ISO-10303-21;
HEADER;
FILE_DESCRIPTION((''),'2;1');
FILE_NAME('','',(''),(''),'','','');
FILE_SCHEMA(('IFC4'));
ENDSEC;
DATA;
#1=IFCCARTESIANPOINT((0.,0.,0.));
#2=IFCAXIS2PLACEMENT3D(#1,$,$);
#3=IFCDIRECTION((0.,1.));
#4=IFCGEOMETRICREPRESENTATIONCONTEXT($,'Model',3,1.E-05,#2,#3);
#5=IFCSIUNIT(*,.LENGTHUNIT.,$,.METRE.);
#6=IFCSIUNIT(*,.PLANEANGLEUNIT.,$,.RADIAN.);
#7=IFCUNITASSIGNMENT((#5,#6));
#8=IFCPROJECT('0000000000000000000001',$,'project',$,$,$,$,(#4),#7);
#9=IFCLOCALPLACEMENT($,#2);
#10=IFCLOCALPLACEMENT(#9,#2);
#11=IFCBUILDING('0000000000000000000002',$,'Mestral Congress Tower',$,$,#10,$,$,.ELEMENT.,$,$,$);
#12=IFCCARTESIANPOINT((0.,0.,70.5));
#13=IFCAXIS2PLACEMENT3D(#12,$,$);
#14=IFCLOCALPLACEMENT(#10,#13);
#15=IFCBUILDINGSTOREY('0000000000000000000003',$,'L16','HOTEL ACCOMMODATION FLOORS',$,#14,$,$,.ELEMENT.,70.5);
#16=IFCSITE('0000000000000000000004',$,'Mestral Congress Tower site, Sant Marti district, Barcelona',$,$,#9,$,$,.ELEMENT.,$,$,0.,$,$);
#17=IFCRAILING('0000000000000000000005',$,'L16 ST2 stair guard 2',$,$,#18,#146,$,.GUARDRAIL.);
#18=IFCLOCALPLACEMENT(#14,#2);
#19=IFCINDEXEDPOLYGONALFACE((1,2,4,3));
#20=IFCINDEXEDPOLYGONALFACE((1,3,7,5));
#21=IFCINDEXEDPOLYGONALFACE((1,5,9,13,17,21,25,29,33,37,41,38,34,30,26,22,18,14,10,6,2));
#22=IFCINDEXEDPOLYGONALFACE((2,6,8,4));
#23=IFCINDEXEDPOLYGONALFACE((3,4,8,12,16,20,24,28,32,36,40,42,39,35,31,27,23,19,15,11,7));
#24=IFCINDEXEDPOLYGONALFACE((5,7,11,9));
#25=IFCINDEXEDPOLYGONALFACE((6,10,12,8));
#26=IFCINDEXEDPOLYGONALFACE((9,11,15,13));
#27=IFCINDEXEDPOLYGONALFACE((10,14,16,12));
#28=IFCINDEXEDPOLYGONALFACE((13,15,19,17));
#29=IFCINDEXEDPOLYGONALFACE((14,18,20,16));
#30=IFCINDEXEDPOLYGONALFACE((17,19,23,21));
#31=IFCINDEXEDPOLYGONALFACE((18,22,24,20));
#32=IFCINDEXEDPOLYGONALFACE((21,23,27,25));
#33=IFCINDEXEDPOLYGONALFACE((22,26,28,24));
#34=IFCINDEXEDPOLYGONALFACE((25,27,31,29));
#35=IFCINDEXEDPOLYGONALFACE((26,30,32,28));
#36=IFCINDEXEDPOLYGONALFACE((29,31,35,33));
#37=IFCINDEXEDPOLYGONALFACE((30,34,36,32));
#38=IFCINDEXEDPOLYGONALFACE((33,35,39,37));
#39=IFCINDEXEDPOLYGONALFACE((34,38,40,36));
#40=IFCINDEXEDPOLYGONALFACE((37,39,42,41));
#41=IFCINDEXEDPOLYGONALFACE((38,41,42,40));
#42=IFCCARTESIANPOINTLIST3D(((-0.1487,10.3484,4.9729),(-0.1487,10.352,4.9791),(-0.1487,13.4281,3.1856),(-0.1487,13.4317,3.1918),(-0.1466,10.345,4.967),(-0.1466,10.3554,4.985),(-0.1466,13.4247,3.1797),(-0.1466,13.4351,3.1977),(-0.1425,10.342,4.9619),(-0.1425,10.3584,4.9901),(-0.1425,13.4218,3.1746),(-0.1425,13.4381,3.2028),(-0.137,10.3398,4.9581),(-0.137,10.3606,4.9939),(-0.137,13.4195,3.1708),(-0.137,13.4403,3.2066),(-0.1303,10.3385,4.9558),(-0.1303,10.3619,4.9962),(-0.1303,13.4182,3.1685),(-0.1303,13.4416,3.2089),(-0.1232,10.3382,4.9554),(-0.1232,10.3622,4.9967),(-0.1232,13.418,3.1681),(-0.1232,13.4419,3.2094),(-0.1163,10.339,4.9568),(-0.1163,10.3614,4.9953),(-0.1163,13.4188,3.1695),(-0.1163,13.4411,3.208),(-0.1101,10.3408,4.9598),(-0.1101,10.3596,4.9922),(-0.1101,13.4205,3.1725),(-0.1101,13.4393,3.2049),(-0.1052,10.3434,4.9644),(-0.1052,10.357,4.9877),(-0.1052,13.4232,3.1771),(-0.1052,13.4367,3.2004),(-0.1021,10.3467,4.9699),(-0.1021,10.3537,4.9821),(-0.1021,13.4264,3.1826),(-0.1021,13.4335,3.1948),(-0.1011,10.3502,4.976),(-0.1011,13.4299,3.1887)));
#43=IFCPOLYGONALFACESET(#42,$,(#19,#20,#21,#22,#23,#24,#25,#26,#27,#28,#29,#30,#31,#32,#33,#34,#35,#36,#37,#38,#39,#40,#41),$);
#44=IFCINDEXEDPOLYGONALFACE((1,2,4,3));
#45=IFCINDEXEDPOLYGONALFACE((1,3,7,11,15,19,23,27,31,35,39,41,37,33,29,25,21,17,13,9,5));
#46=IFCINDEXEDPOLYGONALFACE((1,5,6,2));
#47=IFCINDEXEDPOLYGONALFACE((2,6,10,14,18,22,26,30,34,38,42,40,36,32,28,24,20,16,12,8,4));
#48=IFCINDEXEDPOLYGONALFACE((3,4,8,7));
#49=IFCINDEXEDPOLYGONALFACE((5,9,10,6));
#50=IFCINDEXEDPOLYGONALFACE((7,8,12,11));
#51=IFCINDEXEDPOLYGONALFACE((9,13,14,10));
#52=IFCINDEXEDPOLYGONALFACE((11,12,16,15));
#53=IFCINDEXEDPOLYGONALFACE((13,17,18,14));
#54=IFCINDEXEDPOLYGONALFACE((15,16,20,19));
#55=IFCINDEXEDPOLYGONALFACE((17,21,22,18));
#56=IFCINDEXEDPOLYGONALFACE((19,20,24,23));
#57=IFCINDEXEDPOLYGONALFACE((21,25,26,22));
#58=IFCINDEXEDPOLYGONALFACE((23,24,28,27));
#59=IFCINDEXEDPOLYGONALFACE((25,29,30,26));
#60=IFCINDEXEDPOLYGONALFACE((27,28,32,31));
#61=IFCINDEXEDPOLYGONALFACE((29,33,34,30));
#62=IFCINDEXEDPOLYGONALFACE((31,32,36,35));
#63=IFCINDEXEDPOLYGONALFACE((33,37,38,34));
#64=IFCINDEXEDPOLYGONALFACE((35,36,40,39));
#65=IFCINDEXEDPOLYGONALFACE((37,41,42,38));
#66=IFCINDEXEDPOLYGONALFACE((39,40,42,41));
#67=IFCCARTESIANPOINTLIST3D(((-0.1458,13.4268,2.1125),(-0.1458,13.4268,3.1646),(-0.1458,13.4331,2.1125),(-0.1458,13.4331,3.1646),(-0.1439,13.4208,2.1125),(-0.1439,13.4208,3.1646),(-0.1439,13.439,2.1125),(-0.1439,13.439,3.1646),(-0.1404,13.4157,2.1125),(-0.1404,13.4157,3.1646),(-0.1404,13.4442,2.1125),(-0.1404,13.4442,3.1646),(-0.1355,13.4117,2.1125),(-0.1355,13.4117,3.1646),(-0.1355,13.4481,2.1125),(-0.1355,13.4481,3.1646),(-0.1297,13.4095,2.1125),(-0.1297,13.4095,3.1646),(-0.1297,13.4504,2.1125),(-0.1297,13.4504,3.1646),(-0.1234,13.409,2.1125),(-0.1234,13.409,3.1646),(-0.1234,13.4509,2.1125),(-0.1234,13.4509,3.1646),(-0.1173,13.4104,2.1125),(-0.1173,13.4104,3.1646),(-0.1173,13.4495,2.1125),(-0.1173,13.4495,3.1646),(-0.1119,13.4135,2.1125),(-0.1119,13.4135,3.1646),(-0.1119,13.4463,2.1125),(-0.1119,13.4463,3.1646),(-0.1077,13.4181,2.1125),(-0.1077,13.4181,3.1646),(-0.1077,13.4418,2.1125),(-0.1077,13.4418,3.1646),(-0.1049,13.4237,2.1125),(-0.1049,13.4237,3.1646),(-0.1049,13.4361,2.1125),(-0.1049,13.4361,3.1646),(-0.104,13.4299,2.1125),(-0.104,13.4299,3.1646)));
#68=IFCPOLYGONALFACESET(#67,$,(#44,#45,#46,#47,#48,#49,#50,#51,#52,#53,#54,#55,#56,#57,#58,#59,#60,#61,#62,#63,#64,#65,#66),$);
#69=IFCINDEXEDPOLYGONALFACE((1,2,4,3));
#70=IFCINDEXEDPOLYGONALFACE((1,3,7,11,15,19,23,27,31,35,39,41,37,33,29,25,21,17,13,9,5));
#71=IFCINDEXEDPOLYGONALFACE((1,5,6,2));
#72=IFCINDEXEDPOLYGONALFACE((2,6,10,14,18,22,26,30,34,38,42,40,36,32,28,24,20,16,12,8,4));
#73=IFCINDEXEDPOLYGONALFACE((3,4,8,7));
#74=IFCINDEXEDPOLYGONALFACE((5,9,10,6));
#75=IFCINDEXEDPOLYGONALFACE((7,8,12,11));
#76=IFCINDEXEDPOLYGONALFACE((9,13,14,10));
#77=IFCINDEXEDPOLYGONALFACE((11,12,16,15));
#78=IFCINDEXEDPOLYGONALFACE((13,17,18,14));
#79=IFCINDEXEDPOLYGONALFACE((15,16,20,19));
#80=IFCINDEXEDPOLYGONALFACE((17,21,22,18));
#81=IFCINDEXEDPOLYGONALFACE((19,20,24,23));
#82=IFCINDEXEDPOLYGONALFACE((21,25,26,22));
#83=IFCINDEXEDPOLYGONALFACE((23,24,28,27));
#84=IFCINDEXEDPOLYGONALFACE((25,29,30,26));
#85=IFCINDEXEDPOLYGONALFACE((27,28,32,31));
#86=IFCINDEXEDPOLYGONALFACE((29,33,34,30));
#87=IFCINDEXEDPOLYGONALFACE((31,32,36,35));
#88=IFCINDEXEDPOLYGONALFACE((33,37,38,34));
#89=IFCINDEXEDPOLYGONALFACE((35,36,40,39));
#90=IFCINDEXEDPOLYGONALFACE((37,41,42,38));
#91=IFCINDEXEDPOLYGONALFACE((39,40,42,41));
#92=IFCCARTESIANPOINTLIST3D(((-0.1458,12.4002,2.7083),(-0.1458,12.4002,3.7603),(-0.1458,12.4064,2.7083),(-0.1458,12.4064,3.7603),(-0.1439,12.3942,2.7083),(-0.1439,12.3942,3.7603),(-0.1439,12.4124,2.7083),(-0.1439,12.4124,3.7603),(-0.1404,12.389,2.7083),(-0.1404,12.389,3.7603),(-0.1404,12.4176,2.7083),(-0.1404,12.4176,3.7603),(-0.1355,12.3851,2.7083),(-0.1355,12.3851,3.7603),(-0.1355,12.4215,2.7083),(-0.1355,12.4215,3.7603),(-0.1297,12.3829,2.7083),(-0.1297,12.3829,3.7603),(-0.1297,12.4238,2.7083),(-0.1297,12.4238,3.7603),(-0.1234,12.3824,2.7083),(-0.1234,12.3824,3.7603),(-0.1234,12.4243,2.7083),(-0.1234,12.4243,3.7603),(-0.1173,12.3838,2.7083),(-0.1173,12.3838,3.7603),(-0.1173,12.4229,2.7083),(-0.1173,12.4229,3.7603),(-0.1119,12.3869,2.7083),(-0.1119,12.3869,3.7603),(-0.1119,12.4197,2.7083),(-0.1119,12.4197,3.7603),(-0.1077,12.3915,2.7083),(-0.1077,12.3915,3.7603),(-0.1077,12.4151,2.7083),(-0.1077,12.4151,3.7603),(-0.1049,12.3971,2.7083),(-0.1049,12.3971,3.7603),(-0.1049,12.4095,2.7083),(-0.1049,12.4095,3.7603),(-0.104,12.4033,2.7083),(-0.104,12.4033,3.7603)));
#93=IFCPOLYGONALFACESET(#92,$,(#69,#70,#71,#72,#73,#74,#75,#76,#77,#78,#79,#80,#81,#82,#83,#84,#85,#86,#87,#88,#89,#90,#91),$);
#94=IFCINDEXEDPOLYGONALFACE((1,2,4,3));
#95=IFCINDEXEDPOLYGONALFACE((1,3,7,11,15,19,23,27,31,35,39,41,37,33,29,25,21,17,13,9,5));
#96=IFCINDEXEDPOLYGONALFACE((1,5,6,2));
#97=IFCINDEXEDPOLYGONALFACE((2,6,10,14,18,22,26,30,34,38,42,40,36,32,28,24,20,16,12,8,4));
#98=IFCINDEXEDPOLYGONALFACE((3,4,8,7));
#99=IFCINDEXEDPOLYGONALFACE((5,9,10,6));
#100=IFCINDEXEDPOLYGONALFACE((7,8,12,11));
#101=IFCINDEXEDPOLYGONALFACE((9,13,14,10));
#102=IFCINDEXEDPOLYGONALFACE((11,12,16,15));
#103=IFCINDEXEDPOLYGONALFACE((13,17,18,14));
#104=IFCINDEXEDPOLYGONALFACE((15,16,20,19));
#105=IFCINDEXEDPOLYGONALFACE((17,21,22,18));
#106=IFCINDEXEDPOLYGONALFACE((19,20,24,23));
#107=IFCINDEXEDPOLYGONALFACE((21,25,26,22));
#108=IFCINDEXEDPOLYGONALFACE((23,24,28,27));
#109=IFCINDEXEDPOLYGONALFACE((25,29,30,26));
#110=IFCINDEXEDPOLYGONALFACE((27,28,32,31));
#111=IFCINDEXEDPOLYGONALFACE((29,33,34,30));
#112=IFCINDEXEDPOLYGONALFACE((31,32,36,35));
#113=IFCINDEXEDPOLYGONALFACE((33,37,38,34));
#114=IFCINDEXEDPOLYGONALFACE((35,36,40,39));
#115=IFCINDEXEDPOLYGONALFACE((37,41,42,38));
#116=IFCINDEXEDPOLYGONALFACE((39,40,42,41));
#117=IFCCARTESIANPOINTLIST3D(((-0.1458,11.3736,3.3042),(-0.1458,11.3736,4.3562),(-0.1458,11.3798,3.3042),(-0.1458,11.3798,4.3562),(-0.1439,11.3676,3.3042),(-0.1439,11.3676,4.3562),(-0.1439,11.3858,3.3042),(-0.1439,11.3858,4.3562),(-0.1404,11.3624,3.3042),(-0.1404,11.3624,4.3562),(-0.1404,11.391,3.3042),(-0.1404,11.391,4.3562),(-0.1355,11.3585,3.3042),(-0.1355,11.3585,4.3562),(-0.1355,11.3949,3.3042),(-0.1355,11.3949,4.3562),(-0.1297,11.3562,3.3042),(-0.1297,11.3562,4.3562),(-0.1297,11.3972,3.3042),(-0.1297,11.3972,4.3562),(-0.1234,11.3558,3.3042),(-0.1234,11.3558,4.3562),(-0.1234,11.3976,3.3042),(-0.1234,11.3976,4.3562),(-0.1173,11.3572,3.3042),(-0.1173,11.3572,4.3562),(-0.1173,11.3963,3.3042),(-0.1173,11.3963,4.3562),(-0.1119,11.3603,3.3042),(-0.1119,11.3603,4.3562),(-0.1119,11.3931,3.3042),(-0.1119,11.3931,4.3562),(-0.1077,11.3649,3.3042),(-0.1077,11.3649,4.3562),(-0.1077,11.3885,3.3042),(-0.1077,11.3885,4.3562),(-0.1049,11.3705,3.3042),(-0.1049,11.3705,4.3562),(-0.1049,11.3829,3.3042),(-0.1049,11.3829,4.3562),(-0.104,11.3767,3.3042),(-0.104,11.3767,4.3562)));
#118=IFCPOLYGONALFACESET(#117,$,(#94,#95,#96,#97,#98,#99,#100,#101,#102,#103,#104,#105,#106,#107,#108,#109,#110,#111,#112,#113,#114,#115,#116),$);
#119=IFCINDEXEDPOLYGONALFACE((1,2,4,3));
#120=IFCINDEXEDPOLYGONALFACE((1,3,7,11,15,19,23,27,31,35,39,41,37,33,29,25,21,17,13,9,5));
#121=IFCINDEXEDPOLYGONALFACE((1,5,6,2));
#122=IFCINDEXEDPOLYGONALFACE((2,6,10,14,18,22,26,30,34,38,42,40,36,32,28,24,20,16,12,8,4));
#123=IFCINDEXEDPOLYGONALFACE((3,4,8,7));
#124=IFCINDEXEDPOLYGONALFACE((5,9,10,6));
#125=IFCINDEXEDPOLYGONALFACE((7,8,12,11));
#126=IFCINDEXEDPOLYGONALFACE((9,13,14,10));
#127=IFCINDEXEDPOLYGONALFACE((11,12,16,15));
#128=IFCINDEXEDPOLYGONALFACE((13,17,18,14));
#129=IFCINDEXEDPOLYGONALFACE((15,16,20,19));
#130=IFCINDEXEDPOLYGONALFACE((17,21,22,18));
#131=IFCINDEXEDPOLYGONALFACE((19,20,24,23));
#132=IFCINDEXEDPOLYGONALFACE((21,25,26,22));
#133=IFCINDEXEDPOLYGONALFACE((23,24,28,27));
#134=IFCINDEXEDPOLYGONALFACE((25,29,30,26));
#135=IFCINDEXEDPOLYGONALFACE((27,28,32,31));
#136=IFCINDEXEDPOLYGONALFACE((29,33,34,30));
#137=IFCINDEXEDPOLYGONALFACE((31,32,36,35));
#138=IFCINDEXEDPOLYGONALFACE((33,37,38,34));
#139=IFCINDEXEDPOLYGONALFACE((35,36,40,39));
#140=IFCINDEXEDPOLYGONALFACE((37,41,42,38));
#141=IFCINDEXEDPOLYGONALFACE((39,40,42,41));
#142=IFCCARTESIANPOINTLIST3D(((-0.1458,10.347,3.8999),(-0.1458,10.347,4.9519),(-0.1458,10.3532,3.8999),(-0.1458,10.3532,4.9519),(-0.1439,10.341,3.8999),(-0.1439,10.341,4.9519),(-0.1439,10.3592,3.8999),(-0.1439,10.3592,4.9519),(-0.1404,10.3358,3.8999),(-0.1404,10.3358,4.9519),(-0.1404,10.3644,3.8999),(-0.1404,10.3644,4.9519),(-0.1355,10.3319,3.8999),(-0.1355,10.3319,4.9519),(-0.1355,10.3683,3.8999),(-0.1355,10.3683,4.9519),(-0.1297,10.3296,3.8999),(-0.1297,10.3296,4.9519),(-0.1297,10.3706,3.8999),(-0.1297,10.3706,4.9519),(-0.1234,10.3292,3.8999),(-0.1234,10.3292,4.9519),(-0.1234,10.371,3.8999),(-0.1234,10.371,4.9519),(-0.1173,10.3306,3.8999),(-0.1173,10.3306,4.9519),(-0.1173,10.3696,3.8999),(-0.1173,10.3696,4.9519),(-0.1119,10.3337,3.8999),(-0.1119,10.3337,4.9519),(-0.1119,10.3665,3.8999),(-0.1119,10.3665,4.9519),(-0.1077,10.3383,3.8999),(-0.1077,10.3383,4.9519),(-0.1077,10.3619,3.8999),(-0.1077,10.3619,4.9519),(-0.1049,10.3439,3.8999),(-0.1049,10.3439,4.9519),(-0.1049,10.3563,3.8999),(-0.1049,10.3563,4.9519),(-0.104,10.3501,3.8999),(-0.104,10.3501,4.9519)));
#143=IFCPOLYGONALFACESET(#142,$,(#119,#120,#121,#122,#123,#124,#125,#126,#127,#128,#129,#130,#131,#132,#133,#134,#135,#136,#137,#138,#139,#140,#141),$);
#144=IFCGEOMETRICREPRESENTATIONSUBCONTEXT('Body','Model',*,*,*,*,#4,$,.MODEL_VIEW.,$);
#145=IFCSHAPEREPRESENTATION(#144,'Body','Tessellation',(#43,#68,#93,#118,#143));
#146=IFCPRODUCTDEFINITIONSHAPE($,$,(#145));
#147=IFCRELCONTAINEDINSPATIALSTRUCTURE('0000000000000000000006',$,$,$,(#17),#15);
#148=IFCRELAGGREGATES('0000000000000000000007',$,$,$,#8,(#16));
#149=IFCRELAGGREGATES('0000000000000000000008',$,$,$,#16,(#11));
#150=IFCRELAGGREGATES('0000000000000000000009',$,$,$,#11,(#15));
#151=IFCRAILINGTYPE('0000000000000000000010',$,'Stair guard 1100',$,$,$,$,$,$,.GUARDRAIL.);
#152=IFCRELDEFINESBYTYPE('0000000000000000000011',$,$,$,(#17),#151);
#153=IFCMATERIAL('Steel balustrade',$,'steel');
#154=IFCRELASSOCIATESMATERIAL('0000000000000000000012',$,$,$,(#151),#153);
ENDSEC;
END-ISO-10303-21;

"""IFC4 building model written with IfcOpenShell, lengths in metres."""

from ifc_helpers import new_model, si_unit, direction, frame, origin, origin_2d, place, context, subcontext, project, spatial, circle, extrude, material, type_object, element, save


model = new_model("IFC4")

# Units and contexts
model_context = context("Model", 3, precision=1e-05, world=origin(), true_north=direction((0.0, 1.0)))
body_context = subcontext(model_context, "Body", "Model", "MODEL_VIEW")
ifc_project = project(units=[si_unit("LENGTHUNIT", "METRE"), si_unit("PLANEANGLEUNIT", "RADIAN")], contexts=[model_context])

# Site, building, storey
site_placement = place(None, origin())
site = spatial("IfcSite", under=ifc_project, at=site_placement, Name="Mestral Congress Tower site, Sant Marti district, Barcelona", CompositionType="ELEMENT", RefElevation=0.0)
building_placement = place(site_placement, origin())
building = spatial("IfcBuilding", under=site, at=building_placement, Name="Mestral Congress Tower", CompositionType="ELEMENT")
storey_placement = place(building_placement, frame((0.0, 0.0, 70.5)))
storey = spatial("IfcBuildingStorey", under=building, at=storey_placement, Name="L16", Description="HOTEL ACCOMMODATION FLOORS", CompositionType="ELEMENT", Elevation=70.5)

# Railing
ifc_material_1 = material(Name="Steel balustrade", Category="steel")
railing_type = type_object("IfcRailingType", Name="Stair guard 1100", PredefinedType="GUARDRAIL", material=ifc_material_1)
railing_placement = place(storey_placement, frame((-0.125, 13.4299, 2.1125)))
element("IfcRailing", 1, at=railing_placement, inside=storey, type_object=railing_type, Name="L16 ST2 stair guard 2", PredefinedType="GUARDRAIL", context=body_context, shape_type="SweptSolid", body=[
    extrude(circle(Radius=0.0239, at=origin_2d()), frame((0.0, 0.0, 1.0762), z_axis=(0.0, -0.864903, 0.501939), x_axis=(1.0, 0.0, 0.0)), (0.0, 0.0, 1.0), 3.5608),
    extrude(circle(Radius=0.021, at=origin_2d()), origin(), (0.0, 0.0, 1.0), 1.052),
    extrude(circle(Radius=0.021, at=origin_2d()), frame((0.0, -1.0266, 0.5957)), (0.0, 0.0, 1.0), 1.052),
    extrude(circle(Radius=0.021, at=origin_2d()), frame((0.0, -2.0532, 1.1917)), (0.0, 0.0, 1.0), 1.052),
    extrude(circle(Radius=0.021, at=origin_2d()), frame((0.0, -3.0798, 1.7874)), (0.0, 0.0, 1.0), 1.052),
])

save(model, "model.ifc")
